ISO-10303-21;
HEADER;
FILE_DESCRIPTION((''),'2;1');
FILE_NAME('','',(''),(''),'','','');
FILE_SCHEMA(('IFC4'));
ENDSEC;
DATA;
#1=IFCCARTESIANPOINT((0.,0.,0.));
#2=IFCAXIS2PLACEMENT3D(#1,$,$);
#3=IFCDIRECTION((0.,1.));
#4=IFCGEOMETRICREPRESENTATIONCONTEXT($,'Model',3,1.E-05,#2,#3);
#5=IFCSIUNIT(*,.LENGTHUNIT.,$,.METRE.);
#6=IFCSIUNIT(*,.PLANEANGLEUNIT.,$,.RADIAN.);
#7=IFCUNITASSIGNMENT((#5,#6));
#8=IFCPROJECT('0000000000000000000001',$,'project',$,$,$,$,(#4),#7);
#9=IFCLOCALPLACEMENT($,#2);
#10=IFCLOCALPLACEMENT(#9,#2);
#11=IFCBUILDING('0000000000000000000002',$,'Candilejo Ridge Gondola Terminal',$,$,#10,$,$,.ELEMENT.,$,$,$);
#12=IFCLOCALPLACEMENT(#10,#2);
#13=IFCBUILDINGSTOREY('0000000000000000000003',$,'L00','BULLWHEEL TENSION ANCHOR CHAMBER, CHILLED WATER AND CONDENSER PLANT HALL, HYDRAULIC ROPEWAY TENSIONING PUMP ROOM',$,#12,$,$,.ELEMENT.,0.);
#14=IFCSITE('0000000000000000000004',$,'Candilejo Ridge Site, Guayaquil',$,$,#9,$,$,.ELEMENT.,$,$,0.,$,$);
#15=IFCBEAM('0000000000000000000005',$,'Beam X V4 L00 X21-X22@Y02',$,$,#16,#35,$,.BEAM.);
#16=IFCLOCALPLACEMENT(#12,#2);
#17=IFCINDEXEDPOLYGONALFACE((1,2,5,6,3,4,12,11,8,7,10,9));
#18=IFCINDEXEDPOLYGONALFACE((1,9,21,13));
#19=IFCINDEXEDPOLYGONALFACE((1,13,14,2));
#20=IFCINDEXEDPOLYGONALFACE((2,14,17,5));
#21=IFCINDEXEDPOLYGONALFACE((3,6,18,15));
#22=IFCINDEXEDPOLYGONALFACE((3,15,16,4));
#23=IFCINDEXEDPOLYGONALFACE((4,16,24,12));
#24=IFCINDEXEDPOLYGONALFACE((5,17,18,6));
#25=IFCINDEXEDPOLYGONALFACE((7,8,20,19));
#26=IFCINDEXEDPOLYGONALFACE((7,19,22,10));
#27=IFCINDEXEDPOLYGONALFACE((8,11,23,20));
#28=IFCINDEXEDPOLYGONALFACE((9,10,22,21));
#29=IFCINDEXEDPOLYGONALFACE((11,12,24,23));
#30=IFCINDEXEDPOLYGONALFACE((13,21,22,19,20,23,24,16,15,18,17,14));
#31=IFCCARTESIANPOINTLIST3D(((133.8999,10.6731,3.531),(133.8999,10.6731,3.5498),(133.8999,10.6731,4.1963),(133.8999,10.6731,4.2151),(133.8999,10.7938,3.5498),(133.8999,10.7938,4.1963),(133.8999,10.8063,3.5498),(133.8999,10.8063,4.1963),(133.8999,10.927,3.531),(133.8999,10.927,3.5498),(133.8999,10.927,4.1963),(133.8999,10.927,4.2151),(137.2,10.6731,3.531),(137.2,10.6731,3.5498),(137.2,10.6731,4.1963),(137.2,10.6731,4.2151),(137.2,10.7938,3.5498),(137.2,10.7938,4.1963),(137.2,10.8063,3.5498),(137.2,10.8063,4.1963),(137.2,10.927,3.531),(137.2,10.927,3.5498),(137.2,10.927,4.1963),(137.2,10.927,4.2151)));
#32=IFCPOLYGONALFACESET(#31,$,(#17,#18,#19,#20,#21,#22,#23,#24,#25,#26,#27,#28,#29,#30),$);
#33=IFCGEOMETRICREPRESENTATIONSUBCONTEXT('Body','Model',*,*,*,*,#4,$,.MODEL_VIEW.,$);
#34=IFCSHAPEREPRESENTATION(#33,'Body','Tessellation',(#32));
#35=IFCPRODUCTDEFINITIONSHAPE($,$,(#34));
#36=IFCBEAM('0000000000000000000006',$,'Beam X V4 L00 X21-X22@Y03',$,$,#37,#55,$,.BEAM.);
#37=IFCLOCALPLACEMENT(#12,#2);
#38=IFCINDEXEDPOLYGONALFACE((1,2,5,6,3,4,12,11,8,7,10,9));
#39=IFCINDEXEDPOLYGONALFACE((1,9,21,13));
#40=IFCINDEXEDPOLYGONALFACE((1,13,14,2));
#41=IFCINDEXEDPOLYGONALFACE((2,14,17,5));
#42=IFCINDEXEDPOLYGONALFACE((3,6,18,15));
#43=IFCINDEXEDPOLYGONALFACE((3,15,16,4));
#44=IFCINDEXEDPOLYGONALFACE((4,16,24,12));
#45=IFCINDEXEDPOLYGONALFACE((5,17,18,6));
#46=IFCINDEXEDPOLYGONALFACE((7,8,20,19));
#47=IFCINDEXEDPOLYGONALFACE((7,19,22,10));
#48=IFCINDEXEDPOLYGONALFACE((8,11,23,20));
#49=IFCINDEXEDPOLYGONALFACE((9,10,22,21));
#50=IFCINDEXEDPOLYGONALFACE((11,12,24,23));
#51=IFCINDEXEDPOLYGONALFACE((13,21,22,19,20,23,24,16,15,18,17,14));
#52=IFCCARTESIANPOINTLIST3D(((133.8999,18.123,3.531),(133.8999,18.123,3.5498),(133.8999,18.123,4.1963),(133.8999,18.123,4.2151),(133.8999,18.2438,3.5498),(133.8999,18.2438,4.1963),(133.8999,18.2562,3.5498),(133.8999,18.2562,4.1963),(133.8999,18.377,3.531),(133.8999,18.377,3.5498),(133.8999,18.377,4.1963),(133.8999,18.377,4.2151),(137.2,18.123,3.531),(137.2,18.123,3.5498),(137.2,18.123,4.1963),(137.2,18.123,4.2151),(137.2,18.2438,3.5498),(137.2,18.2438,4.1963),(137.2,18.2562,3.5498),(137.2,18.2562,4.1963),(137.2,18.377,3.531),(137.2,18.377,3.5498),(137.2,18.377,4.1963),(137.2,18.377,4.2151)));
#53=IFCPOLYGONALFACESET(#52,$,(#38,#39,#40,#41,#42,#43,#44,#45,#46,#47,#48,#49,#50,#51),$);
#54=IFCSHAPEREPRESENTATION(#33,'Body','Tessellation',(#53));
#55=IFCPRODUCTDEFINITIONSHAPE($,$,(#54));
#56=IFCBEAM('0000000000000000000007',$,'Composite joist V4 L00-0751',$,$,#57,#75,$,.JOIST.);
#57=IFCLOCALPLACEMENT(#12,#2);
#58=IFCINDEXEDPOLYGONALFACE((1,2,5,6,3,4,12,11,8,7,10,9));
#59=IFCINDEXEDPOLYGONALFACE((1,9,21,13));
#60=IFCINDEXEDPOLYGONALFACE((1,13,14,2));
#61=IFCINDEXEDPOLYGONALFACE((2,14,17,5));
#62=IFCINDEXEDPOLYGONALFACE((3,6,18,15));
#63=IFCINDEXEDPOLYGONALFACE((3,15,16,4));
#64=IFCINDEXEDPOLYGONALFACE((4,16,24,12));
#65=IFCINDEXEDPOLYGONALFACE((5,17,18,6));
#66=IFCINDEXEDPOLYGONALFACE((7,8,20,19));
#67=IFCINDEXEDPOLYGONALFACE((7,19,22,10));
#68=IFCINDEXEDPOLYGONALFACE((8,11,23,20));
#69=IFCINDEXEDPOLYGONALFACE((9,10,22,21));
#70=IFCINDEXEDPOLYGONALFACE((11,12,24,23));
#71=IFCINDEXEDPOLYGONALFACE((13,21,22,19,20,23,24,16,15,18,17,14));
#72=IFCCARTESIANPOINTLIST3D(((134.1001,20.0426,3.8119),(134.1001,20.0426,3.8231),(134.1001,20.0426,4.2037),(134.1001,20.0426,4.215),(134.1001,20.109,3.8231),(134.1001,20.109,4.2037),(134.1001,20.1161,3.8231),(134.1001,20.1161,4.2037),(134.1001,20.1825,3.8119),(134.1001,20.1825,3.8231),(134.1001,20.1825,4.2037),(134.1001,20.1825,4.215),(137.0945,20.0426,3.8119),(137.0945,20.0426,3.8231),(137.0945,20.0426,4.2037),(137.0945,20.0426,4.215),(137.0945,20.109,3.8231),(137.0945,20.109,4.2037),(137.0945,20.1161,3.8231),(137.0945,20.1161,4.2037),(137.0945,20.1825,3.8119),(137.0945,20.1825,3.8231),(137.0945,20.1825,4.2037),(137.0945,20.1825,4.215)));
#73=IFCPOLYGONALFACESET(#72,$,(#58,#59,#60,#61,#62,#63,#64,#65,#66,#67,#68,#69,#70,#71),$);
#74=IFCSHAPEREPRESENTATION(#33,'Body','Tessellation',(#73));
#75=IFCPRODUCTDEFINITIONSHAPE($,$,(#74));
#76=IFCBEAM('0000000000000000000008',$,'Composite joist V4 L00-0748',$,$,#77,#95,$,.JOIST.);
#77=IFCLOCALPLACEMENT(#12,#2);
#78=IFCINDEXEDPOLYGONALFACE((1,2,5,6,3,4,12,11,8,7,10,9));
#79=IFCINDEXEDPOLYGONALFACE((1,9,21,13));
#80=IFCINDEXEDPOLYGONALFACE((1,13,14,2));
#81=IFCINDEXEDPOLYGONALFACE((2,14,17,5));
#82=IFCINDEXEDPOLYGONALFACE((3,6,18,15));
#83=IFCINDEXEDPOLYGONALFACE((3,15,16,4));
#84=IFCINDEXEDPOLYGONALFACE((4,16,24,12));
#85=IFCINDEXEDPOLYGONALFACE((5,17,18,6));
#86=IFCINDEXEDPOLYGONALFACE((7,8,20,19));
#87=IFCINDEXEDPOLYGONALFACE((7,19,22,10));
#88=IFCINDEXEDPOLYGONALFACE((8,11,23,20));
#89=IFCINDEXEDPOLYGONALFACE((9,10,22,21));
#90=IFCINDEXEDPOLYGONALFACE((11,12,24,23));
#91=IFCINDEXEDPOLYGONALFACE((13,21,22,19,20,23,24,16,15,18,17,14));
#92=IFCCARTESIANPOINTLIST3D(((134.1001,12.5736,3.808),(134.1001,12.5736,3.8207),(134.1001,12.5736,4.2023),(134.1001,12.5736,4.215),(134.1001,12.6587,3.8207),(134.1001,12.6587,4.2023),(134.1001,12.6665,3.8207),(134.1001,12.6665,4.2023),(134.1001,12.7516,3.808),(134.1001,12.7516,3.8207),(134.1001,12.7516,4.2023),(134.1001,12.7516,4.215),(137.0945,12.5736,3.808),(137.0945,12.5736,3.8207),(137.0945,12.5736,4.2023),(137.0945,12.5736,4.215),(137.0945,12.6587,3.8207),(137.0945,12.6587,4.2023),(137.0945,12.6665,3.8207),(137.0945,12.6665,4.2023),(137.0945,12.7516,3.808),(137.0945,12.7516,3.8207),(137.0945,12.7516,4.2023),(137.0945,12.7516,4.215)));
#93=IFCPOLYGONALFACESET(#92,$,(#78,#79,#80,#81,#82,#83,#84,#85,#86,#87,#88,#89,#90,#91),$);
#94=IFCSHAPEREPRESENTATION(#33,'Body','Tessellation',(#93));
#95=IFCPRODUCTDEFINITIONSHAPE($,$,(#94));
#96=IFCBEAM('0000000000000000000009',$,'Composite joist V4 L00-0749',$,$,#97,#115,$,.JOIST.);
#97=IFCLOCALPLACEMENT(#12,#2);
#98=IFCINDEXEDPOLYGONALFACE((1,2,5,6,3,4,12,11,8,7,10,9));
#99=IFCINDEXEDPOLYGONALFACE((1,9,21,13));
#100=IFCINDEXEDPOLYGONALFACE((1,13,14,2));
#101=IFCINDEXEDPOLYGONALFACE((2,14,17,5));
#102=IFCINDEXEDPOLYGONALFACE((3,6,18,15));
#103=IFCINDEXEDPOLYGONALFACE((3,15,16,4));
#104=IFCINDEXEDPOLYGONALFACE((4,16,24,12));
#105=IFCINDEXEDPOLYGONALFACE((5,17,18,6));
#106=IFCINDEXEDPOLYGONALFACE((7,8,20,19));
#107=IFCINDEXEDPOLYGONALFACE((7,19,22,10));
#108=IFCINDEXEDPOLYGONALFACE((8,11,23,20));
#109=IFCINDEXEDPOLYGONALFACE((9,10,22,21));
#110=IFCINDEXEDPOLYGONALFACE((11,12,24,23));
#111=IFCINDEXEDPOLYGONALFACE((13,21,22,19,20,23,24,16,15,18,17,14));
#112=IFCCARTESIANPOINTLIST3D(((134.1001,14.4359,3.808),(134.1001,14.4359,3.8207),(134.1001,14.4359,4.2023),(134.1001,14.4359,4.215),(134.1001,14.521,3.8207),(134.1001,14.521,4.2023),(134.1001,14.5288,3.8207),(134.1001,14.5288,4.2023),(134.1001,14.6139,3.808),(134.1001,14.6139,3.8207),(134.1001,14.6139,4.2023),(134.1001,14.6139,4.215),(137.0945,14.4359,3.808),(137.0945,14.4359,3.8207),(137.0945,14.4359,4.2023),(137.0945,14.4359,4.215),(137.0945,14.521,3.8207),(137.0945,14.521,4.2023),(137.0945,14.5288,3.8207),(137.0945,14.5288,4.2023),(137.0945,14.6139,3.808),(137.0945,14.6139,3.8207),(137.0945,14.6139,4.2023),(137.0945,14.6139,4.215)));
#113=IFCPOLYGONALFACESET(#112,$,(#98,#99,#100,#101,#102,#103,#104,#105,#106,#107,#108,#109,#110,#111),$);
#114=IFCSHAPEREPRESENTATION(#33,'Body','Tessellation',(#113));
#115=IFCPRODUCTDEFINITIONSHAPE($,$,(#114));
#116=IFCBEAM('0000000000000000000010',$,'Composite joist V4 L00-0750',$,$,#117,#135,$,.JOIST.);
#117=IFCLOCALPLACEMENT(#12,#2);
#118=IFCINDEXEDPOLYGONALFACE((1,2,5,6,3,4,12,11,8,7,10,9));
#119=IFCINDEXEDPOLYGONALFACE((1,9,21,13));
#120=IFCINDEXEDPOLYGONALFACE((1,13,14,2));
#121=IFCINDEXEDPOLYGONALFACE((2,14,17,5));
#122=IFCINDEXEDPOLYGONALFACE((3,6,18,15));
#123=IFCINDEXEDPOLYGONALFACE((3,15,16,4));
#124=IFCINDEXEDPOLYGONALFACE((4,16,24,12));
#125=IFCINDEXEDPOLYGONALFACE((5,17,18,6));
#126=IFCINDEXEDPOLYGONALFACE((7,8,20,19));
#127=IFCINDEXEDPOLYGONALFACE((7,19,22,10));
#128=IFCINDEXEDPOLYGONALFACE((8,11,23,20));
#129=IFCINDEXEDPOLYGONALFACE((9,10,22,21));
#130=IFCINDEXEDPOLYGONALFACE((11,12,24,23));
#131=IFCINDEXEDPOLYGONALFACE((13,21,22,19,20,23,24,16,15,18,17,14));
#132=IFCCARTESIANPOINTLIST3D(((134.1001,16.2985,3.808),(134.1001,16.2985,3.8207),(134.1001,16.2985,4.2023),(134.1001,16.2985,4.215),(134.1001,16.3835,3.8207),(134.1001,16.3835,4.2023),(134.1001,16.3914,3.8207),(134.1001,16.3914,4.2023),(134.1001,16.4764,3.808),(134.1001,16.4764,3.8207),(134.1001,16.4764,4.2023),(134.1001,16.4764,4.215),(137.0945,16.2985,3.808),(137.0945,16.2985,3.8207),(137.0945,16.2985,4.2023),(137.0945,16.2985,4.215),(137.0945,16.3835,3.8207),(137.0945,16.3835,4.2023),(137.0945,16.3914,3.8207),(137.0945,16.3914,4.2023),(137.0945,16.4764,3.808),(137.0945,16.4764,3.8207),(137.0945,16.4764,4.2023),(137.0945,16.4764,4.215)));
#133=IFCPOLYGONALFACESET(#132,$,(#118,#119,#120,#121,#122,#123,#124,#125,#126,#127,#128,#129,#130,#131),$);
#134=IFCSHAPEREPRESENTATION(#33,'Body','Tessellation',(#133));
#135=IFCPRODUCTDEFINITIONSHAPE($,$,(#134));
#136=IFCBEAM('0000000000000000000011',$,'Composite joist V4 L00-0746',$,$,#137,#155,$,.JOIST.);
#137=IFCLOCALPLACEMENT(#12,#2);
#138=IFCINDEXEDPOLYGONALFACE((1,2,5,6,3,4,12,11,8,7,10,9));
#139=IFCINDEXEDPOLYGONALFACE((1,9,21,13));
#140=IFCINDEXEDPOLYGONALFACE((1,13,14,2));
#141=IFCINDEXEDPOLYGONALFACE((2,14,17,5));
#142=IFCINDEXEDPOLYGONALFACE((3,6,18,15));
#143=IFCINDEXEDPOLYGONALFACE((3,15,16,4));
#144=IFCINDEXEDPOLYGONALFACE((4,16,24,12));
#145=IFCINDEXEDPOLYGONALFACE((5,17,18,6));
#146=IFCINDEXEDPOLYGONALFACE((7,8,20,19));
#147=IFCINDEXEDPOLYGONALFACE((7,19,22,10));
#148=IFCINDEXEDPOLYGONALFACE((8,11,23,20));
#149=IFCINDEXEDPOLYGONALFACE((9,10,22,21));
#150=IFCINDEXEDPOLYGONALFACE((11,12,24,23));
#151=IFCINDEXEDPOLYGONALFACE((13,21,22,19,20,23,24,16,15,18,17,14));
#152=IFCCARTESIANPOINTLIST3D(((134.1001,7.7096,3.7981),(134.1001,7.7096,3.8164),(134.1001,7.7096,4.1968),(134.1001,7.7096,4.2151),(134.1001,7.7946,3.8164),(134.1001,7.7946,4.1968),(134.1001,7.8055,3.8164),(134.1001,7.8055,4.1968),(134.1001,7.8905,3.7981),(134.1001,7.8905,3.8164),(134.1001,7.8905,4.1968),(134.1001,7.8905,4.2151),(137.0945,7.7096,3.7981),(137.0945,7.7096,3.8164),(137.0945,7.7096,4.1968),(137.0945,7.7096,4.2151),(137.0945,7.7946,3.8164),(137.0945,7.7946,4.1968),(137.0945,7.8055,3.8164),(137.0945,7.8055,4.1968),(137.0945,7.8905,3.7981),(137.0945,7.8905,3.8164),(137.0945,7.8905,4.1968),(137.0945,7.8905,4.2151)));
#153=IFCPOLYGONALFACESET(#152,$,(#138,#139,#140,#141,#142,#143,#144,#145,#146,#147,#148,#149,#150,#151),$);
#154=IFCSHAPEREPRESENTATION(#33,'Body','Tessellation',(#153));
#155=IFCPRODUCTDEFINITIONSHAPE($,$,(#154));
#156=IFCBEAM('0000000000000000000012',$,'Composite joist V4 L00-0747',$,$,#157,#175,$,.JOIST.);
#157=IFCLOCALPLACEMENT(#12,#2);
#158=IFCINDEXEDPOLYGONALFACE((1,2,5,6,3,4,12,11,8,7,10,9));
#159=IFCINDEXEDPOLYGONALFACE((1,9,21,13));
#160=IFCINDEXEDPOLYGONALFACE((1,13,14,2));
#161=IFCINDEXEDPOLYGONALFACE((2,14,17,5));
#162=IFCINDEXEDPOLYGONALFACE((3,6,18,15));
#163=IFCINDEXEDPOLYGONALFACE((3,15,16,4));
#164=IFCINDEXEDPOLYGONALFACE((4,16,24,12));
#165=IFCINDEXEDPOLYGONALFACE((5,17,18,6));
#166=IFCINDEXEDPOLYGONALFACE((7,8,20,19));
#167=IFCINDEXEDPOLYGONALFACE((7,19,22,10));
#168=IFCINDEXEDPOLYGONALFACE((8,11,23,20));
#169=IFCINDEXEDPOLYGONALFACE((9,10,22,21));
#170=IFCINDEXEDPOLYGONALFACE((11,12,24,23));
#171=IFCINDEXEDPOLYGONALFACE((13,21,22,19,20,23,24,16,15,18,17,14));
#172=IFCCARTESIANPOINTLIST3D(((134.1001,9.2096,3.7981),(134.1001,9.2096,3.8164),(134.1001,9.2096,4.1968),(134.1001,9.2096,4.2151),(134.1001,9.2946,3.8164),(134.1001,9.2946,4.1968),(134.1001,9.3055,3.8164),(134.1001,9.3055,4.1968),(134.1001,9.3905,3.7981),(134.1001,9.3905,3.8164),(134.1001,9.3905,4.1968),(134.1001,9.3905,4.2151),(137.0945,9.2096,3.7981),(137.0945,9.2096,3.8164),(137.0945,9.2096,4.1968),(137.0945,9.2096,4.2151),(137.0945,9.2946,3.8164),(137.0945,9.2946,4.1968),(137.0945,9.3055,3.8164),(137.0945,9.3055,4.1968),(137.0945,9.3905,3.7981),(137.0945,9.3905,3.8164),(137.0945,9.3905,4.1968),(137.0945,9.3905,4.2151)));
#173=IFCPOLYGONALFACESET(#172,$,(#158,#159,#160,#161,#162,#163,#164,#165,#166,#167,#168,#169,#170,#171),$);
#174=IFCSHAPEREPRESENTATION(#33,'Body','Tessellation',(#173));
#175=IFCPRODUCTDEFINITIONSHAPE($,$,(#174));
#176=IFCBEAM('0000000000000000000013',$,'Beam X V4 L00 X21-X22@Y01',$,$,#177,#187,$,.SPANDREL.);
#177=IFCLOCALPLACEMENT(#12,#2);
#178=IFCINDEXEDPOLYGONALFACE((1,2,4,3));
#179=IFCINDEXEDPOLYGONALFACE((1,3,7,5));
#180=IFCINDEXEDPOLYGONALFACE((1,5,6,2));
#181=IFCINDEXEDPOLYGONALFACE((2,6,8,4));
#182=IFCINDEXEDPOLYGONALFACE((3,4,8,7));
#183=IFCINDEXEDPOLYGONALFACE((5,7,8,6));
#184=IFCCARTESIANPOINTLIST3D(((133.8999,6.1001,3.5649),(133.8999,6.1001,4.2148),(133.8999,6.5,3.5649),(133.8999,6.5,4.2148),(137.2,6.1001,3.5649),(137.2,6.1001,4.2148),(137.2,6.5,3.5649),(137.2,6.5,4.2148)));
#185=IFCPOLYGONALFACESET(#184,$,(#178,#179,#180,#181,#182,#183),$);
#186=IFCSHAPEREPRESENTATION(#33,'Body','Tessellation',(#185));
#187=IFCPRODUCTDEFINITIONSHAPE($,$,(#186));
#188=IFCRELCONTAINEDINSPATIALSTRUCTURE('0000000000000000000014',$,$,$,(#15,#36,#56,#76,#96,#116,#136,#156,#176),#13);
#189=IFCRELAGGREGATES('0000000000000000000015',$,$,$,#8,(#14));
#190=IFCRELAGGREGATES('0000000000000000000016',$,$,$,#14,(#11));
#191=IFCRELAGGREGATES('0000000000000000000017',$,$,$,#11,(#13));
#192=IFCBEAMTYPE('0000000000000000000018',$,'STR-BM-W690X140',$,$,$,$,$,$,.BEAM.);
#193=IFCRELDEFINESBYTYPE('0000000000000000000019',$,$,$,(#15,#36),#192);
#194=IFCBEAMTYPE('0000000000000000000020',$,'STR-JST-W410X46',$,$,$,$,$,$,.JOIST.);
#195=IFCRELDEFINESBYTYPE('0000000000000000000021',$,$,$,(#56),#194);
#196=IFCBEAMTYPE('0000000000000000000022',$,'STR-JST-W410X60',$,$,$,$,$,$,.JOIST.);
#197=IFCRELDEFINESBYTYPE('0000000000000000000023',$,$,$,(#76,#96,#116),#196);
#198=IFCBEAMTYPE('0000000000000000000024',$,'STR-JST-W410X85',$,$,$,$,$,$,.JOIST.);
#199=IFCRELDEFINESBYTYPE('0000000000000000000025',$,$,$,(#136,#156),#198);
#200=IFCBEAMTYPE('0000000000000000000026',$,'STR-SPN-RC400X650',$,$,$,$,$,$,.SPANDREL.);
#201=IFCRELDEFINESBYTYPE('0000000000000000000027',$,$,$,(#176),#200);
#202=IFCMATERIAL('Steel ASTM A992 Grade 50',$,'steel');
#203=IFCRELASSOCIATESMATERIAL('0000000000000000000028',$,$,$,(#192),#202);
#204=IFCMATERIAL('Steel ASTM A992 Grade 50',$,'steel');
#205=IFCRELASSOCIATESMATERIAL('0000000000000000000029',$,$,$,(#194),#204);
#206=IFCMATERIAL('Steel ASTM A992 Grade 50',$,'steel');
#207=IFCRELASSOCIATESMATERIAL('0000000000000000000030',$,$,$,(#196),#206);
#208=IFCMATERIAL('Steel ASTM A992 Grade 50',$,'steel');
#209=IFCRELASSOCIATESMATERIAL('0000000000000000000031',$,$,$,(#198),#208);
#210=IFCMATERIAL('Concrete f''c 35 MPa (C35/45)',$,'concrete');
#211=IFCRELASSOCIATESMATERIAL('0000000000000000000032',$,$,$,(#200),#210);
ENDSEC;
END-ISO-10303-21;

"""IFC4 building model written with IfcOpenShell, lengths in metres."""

from ifc_helpers import new_model, si_unit, direction, frame, origin, origin_2d, place, context, subcontext, project, spatial, rectangle, i_section, extrude, material, material_profile, profile_set, type_object, element, save


model = new_model("IFC4")

# Units and contexts
model_context = context("Model", 3, precision=1e-05, world=origin(), true_north=direction((0.0, 1.0)))
body_context = subcontext(model_context, "Body", "Model", "MODEL_VIEW")
ifc_project = project(units=[si_unit("LENGTHUNIT", "METRE"), si_unit("PLANEANGLEUNIT", "RADIAN")], contexts=[model_context])

# Site, building, storey
site_placement = place(None, origin())
site = spatial("IfcSite", under=ifc_project, at=site_placement, Name="Candilejo Ridge Site, Guayaquil", CompositionType="ELEMENT", RefElevation=0.0)
building_placement = place(site_placement, origin())
building = spatial("IfcBuilding", under=site, at=building_placement, Name="Candilejo Ridge Gondola Terminal", CompositionType="ELEMENT")
storey_placement = place(building_placement, origin())
storey = spatial("IfcBuildingStorey", under=building, at=storey_placement, Name="L00", Description="BULLWHEEL TENSION ANCHOR CHAMBER, CHILLED WATER AND CONDENSER PLANT HALL, HYDRAULIC ROPEWAY TENSIONING PUMP ROOM", CompositionType="ELEMENT", Elevation=0.0)

# Beams
ifc_material_1 = material(Name="Steel ASTM A992 Grade 50", Category="steel")
ifc_material_profile_1 = material_profile(ifc_material_1, i_section(OverallWidth=0.2539, OverallDepth=0.6841, WebThickness=0.0125, FlangeThickness=0.0188, at=origin_2d()))
ifc_profile_set_1 = profile_set([ifc_material_profile_1], Name="Steel ASTM A992 Grade 50")
beam_type_1 = type_object("IfcBeamType", Name="STR-BM-W690X140", PredefinedType="BEAM", material=ifc_profile_set_1)
for number, where, z_axis, x_axis, name in (
    (1, (133.8999, 10.8, 3.873), (1.0, 0.0, 0.0), (0.0, 1.0, 0.0), "Beam X V4 L00 X21-X22@Y02"),
    (2, (133.8999, 18.25, 3.873), (1.0, 0.0, 0.0), (0.0, 1.0, 0.0), "Beam X V4 L00 X21-X22@Y03"),
):
    element("IfcBeam", number, at=place(storey_placement, frame(where, z_axis=z_axis, x_axis=x_axis)), inside=storey, type_object=beam_type_1, Name=name, PredefinedType="BEAM", context=body_context, shape_type="SweptSolid", body=[
        extrude(i_section(OverallWidth=0.2539, OverallDepth=0.6841, WebThickness=0.0125, FlangeThickness=0.0188, at=origin_2d()), origin(), (0.0, 0.0, 1.0), 3.3),
    ])
ifc_material_2 = material(Name="Steel ASTM A992 Grade 50", Category="steel")
ifc_material_profile_2 = material_profile(ifc_material_2, i_section(OverallWidth=0.1399, OverallDepth=0.4031, WebThickness=0.0071, FlangeThickness=0.0112, at=origin_2d()))
ifc_profile_set_2 = profile_set([ifc_material_profile_2], Name="Steel ASTM A992 Grade 50")
beam_type_2 = type_object("IfcBeamType", Name="STR-JST-W410X46", PredefinedType="JOIST", material=ifc_profile_set_2)
beam_1_placement = place(storey_placement, frame((134.1001, 20.1125, 4.0134), z_axis=(1.0, 0.0, 0.0), x_axis=(0.0, 1.0, 0.0)))
element("IfcBeam", 3, at=beam_1_placement, inside=storey, type_object=beam_type_2, Name="Composite joist V4 L00-0751", PredefinedType="JOIST", context=body_context, shape_type="SweptSolid", body=[
    extrude(i_section(OverallWidth=0.1399, OverallDepth=0.4031, WebThickness=0.0071, FlangeThickness=0.0112, at=origin_2d()), origin(), (0.0, 0.0, 1.0), 2.9944),
])
ifc_material_3 = material(Name="Steel ASTM A992 Grade 50", Category="steel")
ifc_material_profile_3 = material_profile(ifc_material_3, i_section(OverallWidth=0.178, OverallDepth=0.407, WebThickness=0.0078, FlangeThickness=0.0127, at=origin_2d()))
ifc_profile_set_3 = profile_set([ifc_material_profile_3], Name="Steel ASTM A992 Grade 50")
beam_type_3 = type_object("IfcBeamType", Name="STR-JST-W410X60", PredefinedType="JOIST", material=ifc_profile_set_3)
for number, where, z_axis, x_axis, name in (
    (4, (134.1001, 12.6626, 4.0115), (1.0, 0.0, 0.0), (0.0, 1.0, 0.0), "Composite joist V4 L00-0748"),
    (5, (134.1001, 14.5249, 4.0115), (1.0, 0.0, 0.0), (0.0, 1.0, 0.0), "Composite joist V4 L00-0749"),
    (6, (134.1001, 16.3875, 4.0115), (1.0, 0.0, 0.0), (0.0, 1.0, 0.0), "Composite joist V4 L00-0750"),
):
    element("IfcBeam", number, at=place(storey_placement, frame(where, z_axis=z_axis, x_axis=x_axis)), inside=storey, type_object=beam_type_3, Name=name, PredefinedType="JOIST", context=body_context, shape_type="SweptSolid", body=[
        extrude(i_section(OverallWidth=0.178, OverallDepth=0.407, WebThickness=0.0078, FlangeThickness=0.0127, at=origin_2d()), origin(), (0.0, 0.0, 1.0), 2.9944),
    ])
ifc_material_4 = material(Name="Steel ASTM A992 Grade 50", Category="steel")
ifc_material_profile_4 = material_profile(ifc_material_4, i_section(OverallWidth=0.1809, OverallDepth=0.417, WebThickness=0.011, FlangeThickness=0.0183, at=origin_2d()))
ifc_profile_set_4 = profile_set([ifc_material_profile_4], Name="Steel ASTM A992 Grade 50")
beam_type_4 = type_object("IfcBeamType", Name="STR-JST-W410X85", PredefinedType="JOIST", material=ifc_profile_set_4)
for number, where, z_axis, x_axis, name in (
    (7, (134.1001, 7.8, 4.0066), (1.0, 0.0, 0.0), (0.0, 1.0, 0.0), "Composite joist V4 L00-0746"),
    (8, (134.1001, 9.3, 4.0066), (1.0, 0.0, 0.0), (0.0, 1.0, 0.0), "Composite joist V4 L00-0747"),
):
    element("IfcBeam", number, at=place(storey_placement, frame(where, z_axis=z_axis, x_axis=x_axis)), inside=storey, type_object=beam_type_4, Name=name, PredefinedType="JOIST", context=body_context, shape_type="SweptSolid", body=[
        extrude(i_section(OverallWidth=0.1809, OverallDepth=0.417, WebThickness=0.011, FlangeThickness=0.0183, at=origin_2d()), origin(), (0.0, 0.0, 1.0), 2.9944),
    ])
ifc_material_5 = material(Name="Concrete f'c 35 MPa (C35/45)", Category="concrete")
ifc_material_profile_5 = material_profile(ifc_material_5, rectangle(XDim=0.3999, YDim=0.6499, at=origin_2d()))
ifc_profile_set_5 = profile_set([ifc_material_profile_5], Name="Concrete f'c 35 MPa (C35/45)")
beam_type_5 = type_object("IfcBeamType", Name="STR-SPN-RC400X650", PredefinedType="SPANDREL", material=ifc_profile_set_5)
beam_2_placement = place(storey_placement, frame((133.8999, 6.3, 3.8899), z_axis=(1.0, 0.0, 0.0), x_axis=(0.0, 1.0, 0.0)))
element("IfcBeam", 9, at=beam_2_placement, inside=storey, type_object=beam_type_5, Name="Beam X V4 L00 X21-X22@Y01", PredefinedType="SPANDREL", context=body_context, shape_type="SweptSolid", body=[
    extrude(rectangle(XDim=0.3999, YDim=0.6499, at=origin_2d()), origin(), (0.0, 0.0, 1.0), 3.3),
])

save(model, "model.ifc")
